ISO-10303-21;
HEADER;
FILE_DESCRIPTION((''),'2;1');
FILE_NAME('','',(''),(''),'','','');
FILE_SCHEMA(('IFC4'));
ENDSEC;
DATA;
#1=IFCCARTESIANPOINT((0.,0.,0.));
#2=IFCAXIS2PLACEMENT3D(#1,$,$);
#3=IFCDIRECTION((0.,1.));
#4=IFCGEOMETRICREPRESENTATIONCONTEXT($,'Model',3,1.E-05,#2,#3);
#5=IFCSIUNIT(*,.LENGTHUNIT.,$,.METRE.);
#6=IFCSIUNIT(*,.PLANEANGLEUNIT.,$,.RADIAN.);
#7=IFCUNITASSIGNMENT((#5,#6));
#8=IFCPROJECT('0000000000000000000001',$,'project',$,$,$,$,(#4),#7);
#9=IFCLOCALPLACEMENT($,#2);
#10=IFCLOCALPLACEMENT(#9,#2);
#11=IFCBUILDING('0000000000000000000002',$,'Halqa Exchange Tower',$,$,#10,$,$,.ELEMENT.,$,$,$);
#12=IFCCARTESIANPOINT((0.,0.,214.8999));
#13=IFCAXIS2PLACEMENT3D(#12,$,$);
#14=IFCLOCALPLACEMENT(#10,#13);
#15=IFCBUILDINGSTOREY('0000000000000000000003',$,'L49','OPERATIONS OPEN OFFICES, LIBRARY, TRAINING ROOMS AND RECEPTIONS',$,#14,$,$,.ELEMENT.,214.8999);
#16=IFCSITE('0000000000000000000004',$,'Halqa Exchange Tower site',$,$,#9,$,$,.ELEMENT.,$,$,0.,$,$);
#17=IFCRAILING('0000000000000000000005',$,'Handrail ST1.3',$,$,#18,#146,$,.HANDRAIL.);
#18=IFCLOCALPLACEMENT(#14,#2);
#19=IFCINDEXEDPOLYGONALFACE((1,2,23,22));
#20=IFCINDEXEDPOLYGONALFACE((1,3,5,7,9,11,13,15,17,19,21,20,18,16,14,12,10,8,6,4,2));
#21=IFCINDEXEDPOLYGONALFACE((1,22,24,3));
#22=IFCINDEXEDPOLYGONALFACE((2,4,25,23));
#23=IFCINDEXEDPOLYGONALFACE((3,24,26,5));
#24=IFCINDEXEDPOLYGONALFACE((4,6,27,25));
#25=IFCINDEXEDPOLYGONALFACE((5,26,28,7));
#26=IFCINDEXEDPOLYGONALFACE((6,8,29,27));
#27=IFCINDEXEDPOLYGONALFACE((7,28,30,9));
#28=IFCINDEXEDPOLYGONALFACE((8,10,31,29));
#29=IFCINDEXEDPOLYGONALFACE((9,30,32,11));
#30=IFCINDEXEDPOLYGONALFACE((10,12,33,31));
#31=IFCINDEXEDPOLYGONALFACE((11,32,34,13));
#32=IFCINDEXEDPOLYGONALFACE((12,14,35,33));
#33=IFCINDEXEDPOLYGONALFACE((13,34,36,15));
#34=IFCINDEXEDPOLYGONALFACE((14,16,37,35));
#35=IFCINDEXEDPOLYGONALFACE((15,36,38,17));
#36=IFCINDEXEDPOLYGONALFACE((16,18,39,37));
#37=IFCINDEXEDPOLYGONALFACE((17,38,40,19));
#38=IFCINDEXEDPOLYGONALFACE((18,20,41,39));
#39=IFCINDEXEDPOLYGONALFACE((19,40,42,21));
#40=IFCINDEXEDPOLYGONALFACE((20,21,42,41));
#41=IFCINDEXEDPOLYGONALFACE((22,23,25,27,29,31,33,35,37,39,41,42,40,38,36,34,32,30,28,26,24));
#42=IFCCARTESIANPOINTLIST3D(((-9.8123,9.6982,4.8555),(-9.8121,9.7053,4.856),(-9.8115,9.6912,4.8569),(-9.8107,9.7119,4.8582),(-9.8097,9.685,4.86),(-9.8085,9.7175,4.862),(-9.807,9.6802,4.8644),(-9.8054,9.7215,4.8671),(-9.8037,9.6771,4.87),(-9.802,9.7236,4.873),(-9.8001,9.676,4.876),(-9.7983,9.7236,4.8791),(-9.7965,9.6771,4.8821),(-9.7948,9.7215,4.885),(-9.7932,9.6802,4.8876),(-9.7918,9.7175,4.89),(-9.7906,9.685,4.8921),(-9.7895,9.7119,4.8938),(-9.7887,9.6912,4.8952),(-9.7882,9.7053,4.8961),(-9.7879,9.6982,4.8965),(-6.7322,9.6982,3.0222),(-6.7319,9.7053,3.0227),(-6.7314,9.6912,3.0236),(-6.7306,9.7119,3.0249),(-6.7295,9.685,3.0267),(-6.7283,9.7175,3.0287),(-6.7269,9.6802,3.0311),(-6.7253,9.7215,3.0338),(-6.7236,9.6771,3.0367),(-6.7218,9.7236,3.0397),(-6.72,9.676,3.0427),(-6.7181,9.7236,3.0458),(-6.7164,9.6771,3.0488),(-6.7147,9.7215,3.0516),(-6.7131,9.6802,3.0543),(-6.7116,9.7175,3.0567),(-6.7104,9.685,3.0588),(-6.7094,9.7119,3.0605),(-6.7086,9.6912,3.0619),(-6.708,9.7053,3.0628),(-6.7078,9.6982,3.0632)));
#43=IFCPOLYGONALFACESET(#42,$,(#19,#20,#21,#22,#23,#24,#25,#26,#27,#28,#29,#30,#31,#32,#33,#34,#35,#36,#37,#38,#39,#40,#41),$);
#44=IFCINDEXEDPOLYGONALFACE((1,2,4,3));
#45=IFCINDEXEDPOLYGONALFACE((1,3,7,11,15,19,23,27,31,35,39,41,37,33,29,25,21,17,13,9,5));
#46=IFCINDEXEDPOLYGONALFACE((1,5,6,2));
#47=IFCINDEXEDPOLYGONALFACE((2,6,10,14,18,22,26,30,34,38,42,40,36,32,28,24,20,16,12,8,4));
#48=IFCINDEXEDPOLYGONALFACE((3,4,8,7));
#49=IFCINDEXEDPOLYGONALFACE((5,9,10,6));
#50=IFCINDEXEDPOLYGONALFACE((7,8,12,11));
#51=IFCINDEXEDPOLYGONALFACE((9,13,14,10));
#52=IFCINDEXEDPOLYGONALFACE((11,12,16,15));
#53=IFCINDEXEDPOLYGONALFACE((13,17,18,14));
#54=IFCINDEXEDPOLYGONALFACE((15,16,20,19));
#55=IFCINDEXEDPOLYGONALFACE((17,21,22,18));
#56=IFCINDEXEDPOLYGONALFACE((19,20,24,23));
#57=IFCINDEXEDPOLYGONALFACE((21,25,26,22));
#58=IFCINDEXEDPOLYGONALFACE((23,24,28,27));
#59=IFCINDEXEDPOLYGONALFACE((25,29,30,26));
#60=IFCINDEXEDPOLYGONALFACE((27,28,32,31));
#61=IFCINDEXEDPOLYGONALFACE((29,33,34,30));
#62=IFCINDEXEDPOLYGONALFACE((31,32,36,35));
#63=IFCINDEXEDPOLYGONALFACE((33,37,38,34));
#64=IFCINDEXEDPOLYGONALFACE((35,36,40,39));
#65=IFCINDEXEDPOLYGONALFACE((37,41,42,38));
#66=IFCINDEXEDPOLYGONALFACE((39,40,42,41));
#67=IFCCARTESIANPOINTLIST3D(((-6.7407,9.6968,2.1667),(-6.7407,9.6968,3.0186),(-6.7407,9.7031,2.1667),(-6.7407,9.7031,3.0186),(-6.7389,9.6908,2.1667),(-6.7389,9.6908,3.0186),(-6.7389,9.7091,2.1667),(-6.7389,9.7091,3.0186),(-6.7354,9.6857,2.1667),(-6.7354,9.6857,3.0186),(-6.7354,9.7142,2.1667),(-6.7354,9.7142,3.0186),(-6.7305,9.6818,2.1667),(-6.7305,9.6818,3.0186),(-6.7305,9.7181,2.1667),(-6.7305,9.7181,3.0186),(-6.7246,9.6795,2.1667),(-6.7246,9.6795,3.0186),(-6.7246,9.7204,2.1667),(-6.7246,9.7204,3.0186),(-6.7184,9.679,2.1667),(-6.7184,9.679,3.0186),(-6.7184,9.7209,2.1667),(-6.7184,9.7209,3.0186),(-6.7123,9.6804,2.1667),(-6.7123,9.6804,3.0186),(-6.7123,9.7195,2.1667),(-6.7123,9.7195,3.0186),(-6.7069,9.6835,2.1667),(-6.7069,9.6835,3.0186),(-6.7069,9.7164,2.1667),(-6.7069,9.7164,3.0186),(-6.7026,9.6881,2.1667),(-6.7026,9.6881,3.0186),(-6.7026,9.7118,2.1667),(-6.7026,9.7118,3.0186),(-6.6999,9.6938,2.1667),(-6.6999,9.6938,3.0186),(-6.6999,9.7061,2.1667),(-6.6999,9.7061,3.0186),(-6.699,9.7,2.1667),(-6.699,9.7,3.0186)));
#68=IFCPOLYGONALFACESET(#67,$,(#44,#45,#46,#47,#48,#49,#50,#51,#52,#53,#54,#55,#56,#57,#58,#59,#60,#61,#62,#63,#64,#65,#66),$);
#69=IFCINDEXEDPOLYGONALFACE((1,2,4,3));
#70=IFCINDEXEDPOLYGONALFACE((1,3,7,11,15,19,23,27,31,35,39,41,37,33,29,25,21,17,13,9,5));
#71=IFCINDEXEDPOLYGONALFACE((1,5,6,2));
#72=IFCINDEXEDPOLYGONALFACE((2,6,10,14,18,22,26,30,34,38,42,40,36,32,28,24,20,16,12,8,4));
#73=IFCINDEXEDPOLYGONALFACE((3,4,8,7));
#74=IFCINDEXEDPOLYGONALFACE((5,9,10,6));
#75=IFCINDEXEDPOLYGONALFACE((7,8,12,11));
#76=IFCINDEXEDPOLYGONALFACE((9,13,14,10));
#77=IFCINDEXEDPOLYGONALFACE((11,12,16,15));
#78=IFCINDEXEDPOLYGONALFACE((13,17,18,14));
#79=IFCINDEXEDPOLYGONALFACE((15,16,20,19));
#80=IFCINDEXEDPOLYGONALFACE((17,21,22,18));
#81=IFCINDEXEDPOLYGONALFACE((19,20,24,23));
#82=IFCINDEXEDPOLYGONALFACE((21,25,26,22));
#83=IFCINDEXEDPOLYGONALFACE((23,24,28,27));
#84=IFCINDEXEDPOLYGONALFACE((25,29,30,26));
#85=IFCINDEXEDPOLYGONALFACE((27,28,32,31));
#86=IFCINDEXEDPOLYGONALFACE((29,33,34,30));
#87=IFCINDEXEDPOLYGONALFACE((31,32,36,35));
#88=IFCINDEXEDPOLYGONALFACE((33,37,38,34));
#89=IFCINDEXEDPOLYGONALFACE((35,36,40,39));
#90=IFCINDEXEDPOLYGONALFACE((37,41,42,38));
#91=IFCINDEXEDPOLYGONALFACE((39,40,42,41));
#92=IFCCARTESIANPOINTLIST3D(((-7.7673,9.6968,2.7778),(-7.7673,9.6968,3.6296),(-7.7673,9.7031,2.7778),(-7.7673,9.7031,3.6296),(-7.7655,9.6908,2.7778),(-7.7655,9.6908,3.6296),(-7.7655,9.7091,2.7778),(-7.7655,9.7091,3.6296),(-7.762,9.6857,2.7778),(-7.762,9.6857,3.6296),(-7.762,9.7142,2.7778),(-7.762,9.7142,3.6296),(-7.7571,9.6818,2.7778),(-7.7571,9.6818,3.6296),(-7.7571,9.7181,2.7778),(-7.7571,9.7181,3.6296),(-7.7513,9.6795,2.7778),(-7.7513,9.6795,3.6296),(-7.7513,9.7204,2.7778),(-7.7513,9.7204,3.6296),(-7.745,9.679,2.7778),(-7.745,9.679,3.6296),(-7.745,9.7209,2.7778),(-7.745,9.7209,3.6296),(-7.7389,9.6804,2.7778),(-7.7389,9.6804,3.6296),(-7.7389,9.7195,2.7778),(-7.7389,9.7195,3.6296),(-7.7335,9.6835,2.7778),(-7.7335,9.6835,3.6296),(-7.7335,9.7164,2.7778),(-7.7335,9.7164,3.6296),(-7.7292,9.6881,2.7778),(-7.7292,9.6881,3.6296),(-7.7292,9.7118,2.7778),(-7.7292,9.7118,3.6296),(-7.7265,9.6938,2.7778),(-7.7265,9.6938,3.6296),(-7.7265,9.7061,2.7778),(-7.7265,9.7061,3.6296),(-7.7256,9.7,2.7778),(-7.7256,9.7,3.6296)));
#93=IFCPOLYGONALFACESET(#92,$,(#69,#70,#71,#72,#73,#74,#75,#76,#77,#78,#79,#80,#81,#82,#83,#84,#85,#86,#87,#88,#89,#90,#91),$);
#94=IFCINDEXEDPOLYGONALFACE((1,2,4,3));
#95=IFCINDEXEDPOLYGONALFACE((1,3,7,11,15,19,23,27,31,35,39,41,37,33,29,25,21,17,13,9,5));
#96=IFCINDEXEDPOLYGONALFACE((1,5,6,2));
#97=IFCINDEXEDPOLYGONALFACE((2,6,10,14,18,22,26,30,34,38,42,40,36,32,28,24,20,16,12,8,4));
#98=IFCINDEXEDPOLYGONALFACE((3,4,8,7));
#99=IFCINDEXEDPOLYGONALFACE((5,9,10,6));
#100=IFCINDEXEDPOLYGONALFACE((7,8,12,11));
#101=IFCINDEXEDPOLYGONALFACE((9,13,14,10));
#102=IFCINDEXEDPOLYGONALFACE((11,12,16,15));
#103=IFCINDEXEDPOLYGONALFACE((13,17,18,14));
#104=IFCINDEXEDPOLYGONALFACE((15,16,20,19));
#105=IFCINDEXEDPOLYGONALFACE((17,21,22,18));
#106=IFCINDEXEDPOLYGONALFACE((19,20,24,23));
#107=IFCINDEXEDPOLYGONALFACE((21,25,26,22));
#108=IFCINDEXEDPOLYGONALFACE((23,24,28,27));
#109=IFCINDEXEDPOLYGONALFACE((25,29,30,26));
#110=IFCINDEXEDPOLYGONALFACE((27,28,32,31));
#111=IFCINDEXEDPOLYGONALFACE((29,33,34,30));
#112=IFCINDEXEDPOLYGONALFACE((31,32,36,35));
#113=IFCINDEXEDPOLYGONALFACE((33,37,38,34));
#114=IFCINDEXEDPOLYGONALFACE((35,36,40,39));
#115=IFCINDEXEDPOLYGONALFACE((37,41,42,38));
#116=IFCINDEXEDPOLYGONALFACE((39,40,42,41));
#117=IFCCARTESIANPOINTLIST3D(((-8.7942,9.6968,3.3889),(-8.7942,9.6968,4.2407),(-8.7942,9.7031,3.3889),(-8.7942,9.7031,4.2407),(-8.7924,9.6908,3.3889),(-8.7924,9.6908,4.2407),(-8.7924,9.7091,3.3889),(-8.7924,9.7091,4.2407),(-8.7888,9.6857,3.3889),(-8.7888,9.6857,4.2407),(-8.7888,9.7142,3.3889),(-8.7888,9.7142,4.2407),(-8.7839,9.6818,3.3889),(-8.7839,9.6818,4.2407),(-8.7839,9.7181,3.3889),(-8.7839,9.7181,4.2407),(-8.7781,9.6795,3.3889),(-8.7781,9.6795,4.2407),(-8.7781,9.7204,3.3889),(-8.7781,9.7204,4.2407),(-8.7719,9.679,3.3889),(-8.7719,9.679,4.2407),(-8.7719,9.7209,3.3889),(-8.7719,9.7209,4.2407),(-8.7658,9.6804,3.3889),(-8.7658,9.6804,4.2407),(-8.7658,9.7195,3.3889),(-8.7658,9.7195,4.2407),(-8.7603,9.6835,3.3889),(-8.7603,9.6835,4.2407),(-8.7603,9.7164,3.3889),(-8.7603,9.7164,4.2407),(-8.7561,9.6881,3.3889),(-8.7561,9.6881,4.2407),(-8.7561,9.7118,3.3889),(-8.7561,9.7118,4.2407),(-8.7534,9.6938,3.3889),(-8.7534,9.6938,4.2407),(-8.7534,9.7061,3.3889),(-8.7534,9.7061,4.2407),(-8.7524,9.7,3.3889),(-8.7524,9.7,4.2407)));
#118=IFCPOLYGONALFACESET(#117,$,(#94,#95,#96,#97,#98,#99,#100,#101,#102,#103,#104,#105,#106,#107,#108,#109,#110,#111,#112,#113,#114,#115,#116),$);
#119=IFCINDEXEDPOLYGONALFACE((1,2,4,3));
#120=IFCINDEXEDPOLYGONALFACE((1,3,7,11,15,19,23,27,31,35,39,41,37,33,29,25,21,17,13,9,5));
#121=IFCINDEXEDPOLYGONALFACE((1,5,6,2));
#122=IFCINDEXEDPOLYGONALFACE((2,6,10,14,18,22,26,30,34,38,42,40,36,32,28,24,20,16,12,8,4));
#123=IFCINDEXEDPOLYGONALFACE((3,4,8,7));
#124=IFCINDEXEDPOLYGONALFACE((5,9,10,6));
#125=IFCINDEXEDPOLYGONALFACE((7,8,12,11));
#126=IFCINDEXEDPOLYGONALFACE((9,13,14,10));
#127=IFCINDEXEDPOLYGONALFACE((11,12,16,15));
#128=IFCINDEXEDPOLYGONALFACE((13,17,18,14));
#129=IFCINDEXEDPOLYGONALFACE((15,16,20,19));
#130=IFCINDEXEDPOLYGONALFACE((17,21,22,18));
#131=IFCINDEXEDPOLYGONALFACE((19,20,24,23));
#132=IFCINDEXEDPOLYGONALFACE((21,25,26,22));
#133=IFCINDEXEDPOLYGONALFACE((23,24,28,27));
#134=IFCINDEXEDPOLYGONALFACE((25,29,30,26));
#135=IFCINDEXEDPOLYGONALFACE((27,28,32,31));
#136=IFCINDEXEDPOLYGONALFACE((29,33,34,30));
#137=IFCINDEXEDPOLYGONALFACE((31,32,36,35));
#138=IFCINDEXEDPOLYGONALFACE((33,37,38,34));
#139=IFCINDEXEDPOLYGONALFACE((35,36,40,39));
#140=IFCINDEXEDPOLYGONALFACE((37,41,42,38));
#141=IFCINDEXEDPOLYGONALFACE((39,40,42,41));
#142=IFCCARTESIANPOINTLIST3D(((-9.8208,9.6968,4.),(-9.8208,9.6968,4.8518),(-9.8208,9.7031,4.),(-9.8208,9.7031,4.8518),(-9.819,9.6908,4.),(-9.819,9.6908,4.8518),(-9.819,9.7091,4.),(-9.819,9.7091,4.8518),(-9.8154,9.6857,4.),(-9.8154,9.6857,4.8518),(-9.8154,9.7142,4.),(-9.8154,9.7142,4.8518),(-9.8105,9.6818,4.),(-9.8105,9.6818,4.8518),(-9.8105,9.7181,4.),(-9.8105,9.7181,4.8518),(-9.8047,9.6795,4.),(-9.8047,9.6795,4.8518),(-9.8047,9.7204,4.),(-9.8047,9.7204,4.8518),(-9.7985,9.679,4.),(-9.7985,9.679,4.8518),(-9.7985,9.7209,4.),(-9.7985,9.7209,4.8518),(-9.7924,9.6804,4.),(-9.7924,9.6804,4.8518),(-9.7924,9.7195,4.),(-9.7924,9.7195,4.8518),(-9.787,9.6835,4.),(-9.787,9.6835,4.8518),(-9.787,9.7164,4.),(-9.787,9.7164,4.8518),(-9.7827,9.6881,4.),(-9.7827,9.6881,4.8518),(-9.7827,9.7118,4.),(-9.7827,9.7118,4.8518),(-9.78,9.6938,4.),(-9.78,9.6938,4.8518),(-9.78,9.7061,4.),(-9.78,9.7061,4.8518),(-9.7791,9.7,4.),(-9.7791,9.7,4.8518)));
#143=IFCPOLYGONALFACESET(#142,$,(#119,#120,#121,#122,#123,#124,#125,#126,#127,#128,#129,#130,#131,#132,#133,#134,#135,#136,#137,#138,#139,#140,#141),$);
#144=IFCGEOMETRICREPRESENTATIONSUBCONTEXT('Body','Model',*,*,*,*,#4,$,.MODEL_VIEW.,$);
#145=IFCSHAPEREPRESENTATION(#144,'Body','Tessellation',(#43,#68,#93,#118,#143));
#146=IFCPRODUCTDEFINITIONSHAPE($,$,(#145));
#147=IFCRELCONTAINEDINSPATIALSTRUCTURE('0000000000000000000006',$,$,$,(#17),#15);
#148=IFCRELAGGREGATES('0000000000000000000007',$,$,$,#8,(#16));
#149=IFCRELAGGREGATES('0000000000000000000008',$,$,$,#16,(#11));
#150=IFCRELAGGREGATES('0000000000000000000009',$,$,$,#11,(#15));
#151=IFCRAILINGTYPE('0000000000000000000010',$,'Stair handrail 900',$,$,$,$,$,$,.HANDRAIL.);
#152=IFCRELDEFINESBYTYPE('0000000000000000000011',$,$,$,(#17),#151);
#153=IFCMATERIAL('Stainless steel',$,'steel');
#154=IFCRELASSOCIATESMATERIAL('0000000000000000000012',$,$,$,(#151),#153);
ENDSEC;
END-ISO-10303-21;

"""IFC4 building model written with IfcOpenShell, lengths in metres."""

from ifc_helpers import new_model, si_unit, direction, frame, origin, origin_2d, place, context, subcontext, project, spatial, circle, extrude, material, type_object, element, save


model = new_model("IFC4")

# Units and contexts
model_context = context("Model", 3, precision=1e-05, world=origin(), true_north=direction((0.0, 1.0)))
body_context = subcontext(model_context, "Body", "Model", "MODEL_VIEW")
ifc_project = project(units=[si_unit("LENGTHUNIT", "METRE"), si_unit("PLANEANGLEUNIT", "RADIAN")], contexts=[model_context])

# Site, building, storey
site_placement = place(None, origin())
site = spatial("IfcSite", under=ifc_project, at=site_placement, Name="Halqa Exchange Tower site", CompositionType="ELEMENT", RefElevation=0.0)
building_placement = place(site_placement, origin())
building = spatial("IfcBuilding", under=site, at=building_placement, Name="Halqa Exchange Tower", CompositionType="ELEMENT")
storey_placement = place(building_placement, frame((0.0, 0.0, 214.8999)))
storey = spatial("IfcBuildingStorey", under=building, at=storey_placement, Name="L49", Description="OPERATIONS OPEN OFFICES, LIBRARY, TRAINING ROOMS AND RECEPTIONS", CompositionType="ELEMENT", Elevation=214.8999)

# Railing
ifc_material_1 = material(Name="Stainless steel", Category="steel")
railing_type_1 = type_object("IfcRailingType", Name="Stair handrail 900", PredefinedType="HANDRAIL", material=ifc_material_1)
railing_1_placement = place(storey_placement, frame((-6.72, 9.7, 2.1667)))
element("IfcRailing", 1, at=railing_1_placement, inside=storey, type_object=railing_type_1, Name="Handrail ST1.3", PredefinedType="HANDRAIL", context=body_context, shape_type="SweptSolid", body=[
    extrude(circle(Radius=0.0239, at=origin_2d()), frame((0.0, 0.0, 0.876), z_axis=(-0.859309, 0.0, 0.511458), x_axis=(0.0, -1.0, 0.0)), (0.0, 0.0, 1.0), 3.5845),
    extrude(circle(Radius=0.021, at=origin_2d()), origin(), (0.0, 0.0, 1.0), 0.8518),
    extrude(circle(Radius=0.021, at=origin_2d()), frame((-1.0266, 0.0, 0.6111)), (0.0, 0.0, 1.0), 0.8518),
    extrude(circle(Radius=0.021, at=origin_2d()), frame((-2.0535, 0.0, 1.2222)), (0.0, 0.0, 1.0), 0.8518),
    extrude(circle(Radius=0.021, at=origin_2d()), frame((-3.0801, 0.0, 1.8333)), (0.0, 0.0, 1.0), 0.8518),
])

save(model, "model.ifc")
